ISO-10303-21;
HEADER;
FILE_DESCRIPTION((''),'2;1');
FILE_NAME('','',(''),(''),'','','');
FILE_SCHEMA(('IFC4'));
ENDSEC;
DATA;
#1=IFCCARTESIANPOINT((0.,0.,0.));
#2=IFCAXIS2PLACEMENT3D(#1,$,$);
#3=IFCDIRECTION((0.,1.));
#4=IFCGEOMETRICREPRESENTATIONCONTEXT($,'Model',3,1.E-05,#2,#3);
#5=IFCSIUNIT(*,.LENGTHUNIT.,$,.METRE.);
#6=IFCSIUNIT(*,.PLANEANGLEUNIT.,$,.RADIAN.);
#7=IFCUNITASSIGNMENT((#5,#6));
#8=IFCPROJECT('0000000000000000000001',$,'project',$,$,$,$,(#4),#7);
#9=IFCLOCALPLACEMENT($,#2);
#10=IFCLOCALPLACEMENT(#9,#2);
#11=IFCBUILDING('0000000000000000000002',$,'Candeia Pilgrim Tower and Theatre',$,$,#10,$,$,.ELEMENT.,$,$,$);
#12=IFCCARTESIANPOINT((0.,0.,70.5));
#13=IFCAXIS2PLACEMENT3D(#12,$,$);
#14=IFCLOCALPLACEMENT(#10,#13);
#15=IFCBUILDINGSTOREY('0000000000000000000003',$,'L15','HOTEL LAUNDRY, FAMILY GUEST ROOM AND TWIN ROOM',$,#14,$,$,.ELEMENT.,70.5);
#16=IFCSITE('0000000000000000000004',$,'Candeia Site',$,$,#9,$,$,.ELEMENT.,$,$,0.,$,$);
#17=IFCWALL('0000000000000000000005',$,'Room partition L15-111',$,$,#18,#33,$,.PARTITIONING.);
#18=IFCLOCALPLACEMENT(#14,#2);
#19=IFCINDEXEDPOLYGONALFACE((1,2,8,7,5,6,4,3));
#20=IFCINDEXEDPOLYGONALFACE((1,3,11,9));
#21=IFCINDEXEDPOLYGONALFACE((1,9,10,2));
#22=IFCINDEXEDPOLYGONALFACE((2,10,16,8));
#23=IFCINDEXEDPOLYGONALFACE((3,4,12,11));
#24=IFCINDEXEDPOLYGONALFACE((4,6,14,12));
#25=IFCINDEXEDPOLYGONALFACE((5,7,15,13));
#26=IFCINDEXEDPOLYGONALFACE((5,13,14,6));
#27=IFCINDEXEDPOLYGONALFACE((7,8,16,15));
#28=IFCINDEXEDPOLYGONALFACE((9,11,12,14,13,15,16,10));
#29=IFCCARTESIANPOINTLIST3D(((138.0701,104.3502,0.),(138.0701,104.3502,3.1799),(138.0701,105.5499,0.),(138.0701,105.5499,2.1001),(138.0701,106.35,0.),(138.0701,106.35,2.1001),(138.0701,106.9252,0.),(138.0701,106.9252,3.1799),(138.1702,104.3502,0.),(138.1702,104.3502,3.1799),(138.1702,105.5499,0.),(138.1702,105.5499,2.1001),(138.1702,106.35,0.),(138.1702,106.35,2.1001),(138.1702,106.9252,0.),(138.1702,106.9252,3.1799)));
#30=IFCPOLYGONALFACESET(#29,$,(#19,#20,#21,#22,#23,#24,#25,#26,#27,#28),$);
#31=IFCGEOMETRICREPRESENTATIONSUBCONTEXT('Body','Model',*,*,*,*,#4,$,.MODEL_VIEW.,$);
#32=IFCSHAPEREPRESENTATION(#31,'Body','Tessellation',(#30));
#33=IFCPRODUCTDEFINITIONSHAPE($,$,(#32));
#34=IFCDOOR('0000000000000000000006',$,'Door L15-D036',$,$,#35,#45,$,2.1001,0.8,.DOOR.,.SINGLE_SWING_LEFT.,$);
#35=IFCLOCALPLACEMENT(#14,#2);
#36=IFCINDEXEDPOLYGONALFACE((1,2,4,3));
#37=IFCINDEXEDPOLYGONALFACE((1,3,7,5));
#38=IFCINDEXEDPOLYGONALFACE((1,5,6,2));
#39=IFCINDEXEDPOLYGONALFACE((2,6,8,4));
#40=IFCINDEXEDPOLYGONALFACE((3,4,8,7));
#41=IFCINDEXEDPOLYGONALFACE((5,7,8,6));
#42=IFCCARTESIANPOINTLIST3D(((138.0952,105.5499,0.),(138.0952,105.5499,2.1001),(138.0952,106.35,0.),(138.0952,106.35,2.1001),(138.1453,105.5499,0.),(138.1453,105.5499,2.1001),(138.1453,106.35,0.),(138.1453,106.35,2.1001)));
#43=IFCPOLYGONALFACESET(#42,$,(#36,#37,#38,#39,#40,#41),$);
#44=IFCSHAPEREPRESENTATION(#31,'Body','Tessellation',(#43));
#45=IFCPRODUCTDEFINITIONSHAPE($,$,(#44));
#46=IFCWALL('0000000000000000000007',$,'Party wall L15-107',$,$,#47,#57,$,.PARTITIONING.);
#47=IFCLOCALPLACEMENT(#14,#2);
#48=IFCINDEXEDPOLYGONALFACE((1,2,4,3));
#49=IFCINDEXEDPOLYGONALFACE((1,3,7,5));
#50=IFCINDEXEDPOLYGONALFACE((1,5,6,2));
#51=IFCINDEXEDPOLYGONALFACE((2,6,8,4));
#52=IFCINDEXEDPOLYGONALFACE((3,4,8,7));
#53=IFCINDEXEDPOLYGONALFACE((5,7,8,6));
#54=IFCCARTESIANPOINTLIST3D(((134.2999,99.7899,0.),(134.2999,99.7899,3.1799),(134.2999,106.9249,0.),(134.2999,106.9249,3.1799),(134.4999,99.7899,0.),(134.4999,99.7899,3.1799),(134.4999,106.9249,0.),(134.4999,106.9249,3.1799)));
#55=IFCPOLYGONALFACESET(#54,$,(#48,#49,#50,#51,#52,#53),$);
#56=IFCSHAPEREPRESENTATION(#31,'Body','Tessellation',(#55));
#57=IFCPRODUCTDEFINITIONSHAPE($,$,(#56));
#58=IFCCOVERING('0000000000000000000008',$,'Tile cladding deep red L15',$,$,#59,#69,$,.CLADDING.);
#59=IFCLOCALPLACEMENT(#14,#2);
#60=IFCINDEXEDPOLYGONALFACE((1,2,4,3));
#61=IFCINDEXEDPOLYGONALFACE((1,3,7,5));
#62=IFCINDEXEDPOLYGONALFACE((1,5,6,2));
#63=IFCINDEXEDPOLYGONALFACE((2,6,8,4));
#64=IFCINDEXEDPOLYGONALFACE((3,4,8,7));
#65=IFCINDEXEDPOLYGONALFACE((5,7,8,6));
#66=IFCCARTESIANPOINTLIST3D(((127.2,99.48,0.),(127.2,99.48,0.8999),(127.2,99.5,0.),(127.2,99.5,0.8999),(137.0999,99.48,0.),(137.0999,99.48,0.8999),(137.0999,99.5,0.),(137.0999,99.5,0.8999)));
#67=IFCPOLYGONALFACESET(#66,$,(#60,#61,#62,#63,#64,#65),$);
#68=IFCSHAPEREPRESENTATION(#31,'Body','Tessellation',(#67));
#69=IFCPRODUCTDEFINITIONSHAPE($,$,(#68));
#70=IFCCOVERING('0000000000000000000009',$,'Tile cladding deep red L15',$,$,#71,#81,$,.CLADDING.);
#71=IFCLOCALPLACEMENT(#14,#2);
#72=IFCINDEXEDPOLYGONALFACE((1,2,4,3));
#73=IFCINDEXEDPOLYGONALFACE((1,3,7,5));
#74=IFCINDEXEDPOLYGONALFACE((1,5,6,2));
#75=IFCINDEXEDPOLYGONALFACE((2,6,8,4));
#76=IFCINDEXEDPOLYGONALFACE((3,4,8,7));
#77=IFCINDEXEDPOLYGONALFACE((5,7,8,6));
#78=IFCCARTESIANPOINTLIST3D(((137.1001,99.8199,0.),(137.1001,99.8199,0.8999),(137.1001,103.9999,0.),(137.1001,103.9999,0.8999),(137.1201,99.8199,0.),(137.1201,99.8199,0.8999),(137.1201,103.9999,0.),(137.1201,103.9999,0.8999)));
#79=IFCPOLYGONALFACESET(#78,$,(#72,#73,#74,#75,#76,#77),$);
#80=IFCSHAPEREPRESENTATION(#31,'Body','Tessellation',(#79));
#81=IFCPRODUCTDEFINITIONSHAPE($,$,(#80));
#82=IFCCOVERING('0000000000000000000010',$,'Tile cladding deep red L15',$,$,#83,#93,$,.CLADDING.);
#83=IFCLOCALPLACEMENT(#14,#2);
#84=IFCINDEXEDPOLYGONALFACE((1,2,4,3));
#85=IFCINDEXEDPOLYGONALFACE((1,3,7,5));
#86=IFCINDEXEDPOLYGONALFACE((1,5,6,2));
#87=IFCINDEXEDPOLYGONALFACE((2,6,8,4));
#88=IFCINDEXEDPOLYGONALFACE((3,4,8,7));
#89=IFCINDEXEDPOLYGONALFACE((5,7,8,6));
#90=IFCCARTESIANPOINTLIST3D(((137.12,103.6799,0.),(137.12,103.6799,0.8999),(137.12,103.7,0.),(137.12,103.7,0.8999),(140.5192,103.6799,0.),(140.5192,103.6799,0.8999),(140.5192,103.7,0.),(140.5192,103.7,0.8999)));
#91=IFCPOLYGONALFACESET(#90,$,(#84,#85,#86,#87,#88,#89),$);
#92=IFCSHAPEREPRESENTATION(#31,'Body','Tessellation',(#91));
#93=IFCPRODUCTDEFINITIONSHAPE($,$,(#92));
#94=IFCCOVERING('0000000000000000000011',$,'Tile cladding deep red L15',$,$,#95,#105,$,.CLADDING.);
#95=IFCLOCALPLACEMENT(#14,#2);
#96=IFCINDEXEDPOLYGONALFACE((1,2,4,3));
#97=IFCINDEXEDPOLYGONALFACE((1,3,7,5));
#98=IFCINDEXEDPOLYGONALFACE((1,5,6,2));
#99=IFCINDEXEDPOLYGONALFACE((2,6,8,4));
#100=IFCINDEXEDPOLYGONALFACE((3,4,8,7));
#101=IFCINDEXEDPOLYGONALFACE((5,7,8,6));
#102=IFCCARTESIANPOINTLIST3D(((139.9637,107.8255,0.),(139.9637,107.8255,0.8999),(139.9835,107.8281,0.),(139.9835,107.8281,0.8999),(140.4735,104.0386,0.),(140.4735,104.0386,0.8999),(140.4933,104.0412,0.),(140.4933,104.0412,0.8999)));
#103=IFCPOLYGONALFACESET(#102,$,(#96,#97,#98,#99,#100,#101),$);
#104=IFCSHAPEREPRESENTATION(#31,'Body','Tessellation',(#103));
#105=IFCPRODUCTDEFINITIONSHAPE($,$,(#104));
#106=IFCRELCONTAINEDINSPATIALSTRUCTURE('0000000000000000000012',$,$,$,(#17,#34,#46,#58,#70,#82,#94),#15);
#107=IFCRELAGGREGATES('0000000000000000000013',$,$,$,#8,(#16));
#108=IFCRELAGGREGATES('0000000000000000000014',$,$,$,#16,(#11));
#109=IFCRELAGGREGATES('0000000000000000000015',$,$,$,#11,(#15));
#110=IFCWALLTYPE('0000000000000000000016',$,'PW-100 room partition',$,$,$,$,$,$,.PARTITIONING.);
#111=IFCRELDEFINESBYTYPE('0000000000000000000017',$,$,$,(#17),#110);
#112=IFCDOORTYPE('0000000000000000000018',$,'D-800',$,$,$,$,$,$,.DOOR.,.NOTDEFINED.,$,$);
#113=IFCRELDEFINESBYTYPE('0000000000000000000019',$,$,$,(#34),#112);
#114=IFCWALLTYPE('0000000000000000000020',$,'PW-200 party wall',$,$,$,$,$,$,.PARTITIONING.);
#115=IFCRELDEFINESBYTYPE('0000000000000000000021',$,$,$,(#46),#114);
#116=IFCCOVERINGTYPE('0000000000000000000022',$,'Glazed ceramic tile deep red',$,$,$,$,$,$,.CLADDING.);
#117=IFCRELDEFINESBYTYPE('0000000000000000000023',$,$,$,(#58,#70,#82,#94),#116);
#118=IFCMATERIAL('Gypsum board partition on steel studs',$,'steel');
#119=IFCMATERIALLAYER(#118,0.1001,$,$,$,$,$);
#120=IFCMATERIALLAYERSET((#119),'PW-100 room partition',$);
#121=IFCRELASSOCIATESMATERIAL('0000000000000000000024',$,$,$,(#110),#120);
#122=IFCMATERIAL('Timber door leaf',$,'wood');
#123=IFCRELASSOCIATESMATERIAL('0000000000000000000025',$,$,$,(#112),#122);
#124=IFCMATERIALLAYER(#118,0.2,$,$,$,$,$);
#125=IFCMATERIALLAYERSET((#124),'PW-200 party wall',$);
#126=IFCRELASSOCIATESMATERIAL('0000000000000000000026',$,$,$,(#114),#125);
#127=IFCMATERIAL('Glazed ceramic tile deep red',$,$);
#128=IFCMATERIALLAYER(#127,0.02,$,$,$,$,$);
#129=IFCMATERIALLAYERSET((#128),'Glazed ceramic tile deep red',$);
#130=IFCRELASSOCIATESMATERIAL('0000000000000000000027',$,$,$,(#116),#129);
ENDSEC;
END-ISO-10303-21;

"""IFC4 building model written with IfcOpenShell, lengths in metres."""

from ifc_helpers import new_model, si_unit, direction, frame, frame_2d, origin, origin_2d, place, context, subcontext, project, spatial, rectangle, extrude, material, layer, layer_set, type_object, element, fill, save


model = new_model("IFC4")

# Units and contexts
model_context = context("Model", 3, precision=1e-05, world=origin(), true_north=direction((0.0, 1.0)))
body_context = subcontext(model_context, "Body", "Model", "MODEL_VIEW")
ifc_project = project(units=[si_unit("LENGTHUNIT", "METRE"), si_unit("PLANEANGLEUNIT", "RADIAN")], contexts=[model_context])

# Site, building, storey
site_placement = place(None, origin())
site = spatial("IfcSite", under=ifc_project, at=site_placement, Name="Candeia Site", CompositionType="ELEMENT", RefElevation=0.0)
building_placement = place(site_placement, origin())
building = spatial("IfcBuilding", under=site, at=building_placement, Name="Candeia Pilgrim Tower and Theatre", CompositionType="ELEMENT")
storey_placement = place(building_placement, frame((0.0, 0.0, 70.5)))
storey = spatial("IfcBuildingStorey", under=building, at=storey_placement, Name="L15", Description="HOTEL LAUNDRY, FAMILY GUEST ROOM AND TWIN ROOM", CompositionType="ELEMENT", Elevation=70.5)

# Shared definitions
ifc_material_1 = material(Name="Gypsum board partition on steel studs", Category="steel")
ifc_layer_1 = layer(ifc_material_1, 0.1001)
ifc_layer_set_1 = layer_set([ifc_layer_1], Name="PW-100 room partition")
wall_type_1 = type_object("IfcWallType", Name="PW-100 room partition", PredefinedType="PARTITIONING", material=ifc_layer_set_1)

# Wall, opening, door
wall_1_placement = place(storey_placement, frame((138.1201, 104.3501, 0.0), z_axis=(0.0, 0.0, 1.0), x_axis=(0.0, 1.0, 0.0)))
wall_1 = element("IfcWall", 1, at=wall_1_placement, inside=storey, type_object=wall_type_1, Name="Room partition L15-111", PredefinedType="PARTITIONING", context=body_context, shape_type="SweptSolid", body=[
    extrude(rectangle(XDim=2.575, YDim=0.1001, at=frame_2d((1.2876, 0.0))), origin(), (0.0, 0.0, 1.0), 3.1799),
])
opening_1_placement = place(wall_1_placement, frame((1.2, 0.0, 0.0)))
opening_1 = element("IfcOpeningElement", 2, at=opening_1_placement, cuts=wall_1, PredefinedType="OPENING", context=body_context, shape_type="SweptSolid", body=[
    extrude(rectangle(XDim=0.8, YDim=2.1001, at=frame_2d((0.3999, 1.05))), frame((0.0, 0.0601, 0.0), z_axis=(0.0, -1.0, 0.0), x_axis=(1.0, 0.0, 0.0)), (0.0, 0.0, 1.0), 0.1201),
])
ifc_material_2 = material(Name="Timber door leaf", Category="wood")
door_type_1 = type_object("IfcDoorType", Name="D-800", OperationType="NOTDEFINED", PredefinedType="DOOR", material=ifc_material_2)
door_1_placement = place(opening_1_placement, origin())
door_1 = element("IfcDoor", 3, at=door_1_placement, inside=storey, type_object=door_type_1, Name="Door L15-D036", OperationType="SINGLE_SWING_LEFT", OverallHeight=2.1001, OverallWidth=0.8, PredefinedType="DOOR", context=body_context, shape_type="SweptSolid", body=[
    extrude(rectangle(XDim=0.8, YDim=2.1001, at=frame_2d((0.3999, 1.05))), frame((0.0, 0.0249, 0.0), z_axis=(0.0, -1.0, 0.0), x_axis=(1.0, 0.0, 0.0)), (0.0, 0.0, 1.0), 0.05),
])
fill(opening_1, door_1)

# Wall
ifc_layer_2 = layer(ifc_material_1, 0.2)
ifc_layer_set_2 = layer_set([ifc_layer_2], Name="PW-200 party wall")
wall_type_2 = type_object("IfcWallType", Name="PW-200 party wall", PredefinedType="PARTITIONING", material=ifc_layer_set_2)
wall_2_placement = place(storey_placement, frame((134.3999, 99.79, 0.0), z_axis=(0.0, 0.0, 1.0), x_axis=(0.0, 1.0, 0.0)))
element("IfcWall", 4, at=wall_2_placement, inside=storey, type_object=wall_type_2, Name="Party wall L15-107", PredefinedType="PARTITIONING", context=body_context, shape_type="SweptSolid", body=[
    extrude(rectangle(XDim=7.135, YDim=0.2, at=frame_2d((3.5674, 0.0))), origin(), (0.0, 0.0, 1.0), 3.1799),
])

# Coverings
ifc_material_3 = material(Name="Glazed ceramic tile deep red")
ifc_layer_3 = layer(ifc_material_3, 0.02)
ifc_layer_set_3 = layer_set([ifc_layer_3], Name="Glazed ceramic tile deep red")
covering_type = type_object("IfcCoveringType", Name="Glazed ceramic tile deep red", PredefinedType="CLADDING", material=ifc_layer_set_3)
covering_1_placement = place(storey_placement, frame((132.1499, 99.49, 0.0), z_axis=(0.0, 0.0, 1.0), x_axis=(1.0, 0.0, 0.0)))
element("IfcCovering", 5, at=covering_1_placement, inside=storey, type_object=covering_type, Name="Tile cladding deep red L15", PredefinedType="CLADDING", context=body_context, shape_type="SweptSolid", body=[
    extrude(rectangle(XDim=9.8999, YDim=0.02, at=origin_2d()), origin(), (0.0, 0.0, 1.0), 0.8999),
])
covering_2_placement = place(storey_placement, frame((137.1101, 101.9099, 0.0), z_axis=(0.0, 0.0, 1.0), x_axis=(0.0, 1.0, 0.0)))
element("IfcCovering", 6, at=covering_2_placement, inside=storey, type_object=covering_type, Name="Tile cladding deep red L15", PredefinedType="CLADDING", context=body_context, shape_type="SweptSolid", body=[
    extrude(rectangle(XDim=4.1799, YDim=0.02, at=origin_2d()), origin(), (0.0, 0.0, 1.0), 0.8999),
])
covering_3_placement = place(storey_placement, frame((138.8196, 103.6899, 0.0), z_axis=(0.0, 0.0, 1.0), x_axis=(1.0, 0.0, 0.0)))
element("IfcCovering", 7, at=covering_3_placement, inside=storey, type_object=covering_type, Name="Tile cladding deep red L15", PredefinedType="CLADDING", context=body_context, shape_type="SweptSolid", body=[
    extrude(rectangle(XDim=3.3992, YDim=0.02, at=origin_2d()), origin(), (0.0, 0.0, 1.0), 0.8999),
])
covering_4_placement = place(storey_placement, frame((140.2285, 105.9333, 0.0), z_axis=(0.0, 0.0, 1.0), x_axis=(-0.133412, 0.991061, 0.0)))
element("IfcCovering", 8, at=covering_4_placement, inside=storey, type_object=covering_type, Name="Tile cladding deep red L15", PredefinedType="CLADDING", context=body_context, shape_type="SweptSolid", body=[
    extrude(rectangle(XDim=3.821, YDim=0.02, at=origin_2d()), origin(), (0.0, 0.0, 1.0), 0.8999),
])

save(model, "model.ifc")
